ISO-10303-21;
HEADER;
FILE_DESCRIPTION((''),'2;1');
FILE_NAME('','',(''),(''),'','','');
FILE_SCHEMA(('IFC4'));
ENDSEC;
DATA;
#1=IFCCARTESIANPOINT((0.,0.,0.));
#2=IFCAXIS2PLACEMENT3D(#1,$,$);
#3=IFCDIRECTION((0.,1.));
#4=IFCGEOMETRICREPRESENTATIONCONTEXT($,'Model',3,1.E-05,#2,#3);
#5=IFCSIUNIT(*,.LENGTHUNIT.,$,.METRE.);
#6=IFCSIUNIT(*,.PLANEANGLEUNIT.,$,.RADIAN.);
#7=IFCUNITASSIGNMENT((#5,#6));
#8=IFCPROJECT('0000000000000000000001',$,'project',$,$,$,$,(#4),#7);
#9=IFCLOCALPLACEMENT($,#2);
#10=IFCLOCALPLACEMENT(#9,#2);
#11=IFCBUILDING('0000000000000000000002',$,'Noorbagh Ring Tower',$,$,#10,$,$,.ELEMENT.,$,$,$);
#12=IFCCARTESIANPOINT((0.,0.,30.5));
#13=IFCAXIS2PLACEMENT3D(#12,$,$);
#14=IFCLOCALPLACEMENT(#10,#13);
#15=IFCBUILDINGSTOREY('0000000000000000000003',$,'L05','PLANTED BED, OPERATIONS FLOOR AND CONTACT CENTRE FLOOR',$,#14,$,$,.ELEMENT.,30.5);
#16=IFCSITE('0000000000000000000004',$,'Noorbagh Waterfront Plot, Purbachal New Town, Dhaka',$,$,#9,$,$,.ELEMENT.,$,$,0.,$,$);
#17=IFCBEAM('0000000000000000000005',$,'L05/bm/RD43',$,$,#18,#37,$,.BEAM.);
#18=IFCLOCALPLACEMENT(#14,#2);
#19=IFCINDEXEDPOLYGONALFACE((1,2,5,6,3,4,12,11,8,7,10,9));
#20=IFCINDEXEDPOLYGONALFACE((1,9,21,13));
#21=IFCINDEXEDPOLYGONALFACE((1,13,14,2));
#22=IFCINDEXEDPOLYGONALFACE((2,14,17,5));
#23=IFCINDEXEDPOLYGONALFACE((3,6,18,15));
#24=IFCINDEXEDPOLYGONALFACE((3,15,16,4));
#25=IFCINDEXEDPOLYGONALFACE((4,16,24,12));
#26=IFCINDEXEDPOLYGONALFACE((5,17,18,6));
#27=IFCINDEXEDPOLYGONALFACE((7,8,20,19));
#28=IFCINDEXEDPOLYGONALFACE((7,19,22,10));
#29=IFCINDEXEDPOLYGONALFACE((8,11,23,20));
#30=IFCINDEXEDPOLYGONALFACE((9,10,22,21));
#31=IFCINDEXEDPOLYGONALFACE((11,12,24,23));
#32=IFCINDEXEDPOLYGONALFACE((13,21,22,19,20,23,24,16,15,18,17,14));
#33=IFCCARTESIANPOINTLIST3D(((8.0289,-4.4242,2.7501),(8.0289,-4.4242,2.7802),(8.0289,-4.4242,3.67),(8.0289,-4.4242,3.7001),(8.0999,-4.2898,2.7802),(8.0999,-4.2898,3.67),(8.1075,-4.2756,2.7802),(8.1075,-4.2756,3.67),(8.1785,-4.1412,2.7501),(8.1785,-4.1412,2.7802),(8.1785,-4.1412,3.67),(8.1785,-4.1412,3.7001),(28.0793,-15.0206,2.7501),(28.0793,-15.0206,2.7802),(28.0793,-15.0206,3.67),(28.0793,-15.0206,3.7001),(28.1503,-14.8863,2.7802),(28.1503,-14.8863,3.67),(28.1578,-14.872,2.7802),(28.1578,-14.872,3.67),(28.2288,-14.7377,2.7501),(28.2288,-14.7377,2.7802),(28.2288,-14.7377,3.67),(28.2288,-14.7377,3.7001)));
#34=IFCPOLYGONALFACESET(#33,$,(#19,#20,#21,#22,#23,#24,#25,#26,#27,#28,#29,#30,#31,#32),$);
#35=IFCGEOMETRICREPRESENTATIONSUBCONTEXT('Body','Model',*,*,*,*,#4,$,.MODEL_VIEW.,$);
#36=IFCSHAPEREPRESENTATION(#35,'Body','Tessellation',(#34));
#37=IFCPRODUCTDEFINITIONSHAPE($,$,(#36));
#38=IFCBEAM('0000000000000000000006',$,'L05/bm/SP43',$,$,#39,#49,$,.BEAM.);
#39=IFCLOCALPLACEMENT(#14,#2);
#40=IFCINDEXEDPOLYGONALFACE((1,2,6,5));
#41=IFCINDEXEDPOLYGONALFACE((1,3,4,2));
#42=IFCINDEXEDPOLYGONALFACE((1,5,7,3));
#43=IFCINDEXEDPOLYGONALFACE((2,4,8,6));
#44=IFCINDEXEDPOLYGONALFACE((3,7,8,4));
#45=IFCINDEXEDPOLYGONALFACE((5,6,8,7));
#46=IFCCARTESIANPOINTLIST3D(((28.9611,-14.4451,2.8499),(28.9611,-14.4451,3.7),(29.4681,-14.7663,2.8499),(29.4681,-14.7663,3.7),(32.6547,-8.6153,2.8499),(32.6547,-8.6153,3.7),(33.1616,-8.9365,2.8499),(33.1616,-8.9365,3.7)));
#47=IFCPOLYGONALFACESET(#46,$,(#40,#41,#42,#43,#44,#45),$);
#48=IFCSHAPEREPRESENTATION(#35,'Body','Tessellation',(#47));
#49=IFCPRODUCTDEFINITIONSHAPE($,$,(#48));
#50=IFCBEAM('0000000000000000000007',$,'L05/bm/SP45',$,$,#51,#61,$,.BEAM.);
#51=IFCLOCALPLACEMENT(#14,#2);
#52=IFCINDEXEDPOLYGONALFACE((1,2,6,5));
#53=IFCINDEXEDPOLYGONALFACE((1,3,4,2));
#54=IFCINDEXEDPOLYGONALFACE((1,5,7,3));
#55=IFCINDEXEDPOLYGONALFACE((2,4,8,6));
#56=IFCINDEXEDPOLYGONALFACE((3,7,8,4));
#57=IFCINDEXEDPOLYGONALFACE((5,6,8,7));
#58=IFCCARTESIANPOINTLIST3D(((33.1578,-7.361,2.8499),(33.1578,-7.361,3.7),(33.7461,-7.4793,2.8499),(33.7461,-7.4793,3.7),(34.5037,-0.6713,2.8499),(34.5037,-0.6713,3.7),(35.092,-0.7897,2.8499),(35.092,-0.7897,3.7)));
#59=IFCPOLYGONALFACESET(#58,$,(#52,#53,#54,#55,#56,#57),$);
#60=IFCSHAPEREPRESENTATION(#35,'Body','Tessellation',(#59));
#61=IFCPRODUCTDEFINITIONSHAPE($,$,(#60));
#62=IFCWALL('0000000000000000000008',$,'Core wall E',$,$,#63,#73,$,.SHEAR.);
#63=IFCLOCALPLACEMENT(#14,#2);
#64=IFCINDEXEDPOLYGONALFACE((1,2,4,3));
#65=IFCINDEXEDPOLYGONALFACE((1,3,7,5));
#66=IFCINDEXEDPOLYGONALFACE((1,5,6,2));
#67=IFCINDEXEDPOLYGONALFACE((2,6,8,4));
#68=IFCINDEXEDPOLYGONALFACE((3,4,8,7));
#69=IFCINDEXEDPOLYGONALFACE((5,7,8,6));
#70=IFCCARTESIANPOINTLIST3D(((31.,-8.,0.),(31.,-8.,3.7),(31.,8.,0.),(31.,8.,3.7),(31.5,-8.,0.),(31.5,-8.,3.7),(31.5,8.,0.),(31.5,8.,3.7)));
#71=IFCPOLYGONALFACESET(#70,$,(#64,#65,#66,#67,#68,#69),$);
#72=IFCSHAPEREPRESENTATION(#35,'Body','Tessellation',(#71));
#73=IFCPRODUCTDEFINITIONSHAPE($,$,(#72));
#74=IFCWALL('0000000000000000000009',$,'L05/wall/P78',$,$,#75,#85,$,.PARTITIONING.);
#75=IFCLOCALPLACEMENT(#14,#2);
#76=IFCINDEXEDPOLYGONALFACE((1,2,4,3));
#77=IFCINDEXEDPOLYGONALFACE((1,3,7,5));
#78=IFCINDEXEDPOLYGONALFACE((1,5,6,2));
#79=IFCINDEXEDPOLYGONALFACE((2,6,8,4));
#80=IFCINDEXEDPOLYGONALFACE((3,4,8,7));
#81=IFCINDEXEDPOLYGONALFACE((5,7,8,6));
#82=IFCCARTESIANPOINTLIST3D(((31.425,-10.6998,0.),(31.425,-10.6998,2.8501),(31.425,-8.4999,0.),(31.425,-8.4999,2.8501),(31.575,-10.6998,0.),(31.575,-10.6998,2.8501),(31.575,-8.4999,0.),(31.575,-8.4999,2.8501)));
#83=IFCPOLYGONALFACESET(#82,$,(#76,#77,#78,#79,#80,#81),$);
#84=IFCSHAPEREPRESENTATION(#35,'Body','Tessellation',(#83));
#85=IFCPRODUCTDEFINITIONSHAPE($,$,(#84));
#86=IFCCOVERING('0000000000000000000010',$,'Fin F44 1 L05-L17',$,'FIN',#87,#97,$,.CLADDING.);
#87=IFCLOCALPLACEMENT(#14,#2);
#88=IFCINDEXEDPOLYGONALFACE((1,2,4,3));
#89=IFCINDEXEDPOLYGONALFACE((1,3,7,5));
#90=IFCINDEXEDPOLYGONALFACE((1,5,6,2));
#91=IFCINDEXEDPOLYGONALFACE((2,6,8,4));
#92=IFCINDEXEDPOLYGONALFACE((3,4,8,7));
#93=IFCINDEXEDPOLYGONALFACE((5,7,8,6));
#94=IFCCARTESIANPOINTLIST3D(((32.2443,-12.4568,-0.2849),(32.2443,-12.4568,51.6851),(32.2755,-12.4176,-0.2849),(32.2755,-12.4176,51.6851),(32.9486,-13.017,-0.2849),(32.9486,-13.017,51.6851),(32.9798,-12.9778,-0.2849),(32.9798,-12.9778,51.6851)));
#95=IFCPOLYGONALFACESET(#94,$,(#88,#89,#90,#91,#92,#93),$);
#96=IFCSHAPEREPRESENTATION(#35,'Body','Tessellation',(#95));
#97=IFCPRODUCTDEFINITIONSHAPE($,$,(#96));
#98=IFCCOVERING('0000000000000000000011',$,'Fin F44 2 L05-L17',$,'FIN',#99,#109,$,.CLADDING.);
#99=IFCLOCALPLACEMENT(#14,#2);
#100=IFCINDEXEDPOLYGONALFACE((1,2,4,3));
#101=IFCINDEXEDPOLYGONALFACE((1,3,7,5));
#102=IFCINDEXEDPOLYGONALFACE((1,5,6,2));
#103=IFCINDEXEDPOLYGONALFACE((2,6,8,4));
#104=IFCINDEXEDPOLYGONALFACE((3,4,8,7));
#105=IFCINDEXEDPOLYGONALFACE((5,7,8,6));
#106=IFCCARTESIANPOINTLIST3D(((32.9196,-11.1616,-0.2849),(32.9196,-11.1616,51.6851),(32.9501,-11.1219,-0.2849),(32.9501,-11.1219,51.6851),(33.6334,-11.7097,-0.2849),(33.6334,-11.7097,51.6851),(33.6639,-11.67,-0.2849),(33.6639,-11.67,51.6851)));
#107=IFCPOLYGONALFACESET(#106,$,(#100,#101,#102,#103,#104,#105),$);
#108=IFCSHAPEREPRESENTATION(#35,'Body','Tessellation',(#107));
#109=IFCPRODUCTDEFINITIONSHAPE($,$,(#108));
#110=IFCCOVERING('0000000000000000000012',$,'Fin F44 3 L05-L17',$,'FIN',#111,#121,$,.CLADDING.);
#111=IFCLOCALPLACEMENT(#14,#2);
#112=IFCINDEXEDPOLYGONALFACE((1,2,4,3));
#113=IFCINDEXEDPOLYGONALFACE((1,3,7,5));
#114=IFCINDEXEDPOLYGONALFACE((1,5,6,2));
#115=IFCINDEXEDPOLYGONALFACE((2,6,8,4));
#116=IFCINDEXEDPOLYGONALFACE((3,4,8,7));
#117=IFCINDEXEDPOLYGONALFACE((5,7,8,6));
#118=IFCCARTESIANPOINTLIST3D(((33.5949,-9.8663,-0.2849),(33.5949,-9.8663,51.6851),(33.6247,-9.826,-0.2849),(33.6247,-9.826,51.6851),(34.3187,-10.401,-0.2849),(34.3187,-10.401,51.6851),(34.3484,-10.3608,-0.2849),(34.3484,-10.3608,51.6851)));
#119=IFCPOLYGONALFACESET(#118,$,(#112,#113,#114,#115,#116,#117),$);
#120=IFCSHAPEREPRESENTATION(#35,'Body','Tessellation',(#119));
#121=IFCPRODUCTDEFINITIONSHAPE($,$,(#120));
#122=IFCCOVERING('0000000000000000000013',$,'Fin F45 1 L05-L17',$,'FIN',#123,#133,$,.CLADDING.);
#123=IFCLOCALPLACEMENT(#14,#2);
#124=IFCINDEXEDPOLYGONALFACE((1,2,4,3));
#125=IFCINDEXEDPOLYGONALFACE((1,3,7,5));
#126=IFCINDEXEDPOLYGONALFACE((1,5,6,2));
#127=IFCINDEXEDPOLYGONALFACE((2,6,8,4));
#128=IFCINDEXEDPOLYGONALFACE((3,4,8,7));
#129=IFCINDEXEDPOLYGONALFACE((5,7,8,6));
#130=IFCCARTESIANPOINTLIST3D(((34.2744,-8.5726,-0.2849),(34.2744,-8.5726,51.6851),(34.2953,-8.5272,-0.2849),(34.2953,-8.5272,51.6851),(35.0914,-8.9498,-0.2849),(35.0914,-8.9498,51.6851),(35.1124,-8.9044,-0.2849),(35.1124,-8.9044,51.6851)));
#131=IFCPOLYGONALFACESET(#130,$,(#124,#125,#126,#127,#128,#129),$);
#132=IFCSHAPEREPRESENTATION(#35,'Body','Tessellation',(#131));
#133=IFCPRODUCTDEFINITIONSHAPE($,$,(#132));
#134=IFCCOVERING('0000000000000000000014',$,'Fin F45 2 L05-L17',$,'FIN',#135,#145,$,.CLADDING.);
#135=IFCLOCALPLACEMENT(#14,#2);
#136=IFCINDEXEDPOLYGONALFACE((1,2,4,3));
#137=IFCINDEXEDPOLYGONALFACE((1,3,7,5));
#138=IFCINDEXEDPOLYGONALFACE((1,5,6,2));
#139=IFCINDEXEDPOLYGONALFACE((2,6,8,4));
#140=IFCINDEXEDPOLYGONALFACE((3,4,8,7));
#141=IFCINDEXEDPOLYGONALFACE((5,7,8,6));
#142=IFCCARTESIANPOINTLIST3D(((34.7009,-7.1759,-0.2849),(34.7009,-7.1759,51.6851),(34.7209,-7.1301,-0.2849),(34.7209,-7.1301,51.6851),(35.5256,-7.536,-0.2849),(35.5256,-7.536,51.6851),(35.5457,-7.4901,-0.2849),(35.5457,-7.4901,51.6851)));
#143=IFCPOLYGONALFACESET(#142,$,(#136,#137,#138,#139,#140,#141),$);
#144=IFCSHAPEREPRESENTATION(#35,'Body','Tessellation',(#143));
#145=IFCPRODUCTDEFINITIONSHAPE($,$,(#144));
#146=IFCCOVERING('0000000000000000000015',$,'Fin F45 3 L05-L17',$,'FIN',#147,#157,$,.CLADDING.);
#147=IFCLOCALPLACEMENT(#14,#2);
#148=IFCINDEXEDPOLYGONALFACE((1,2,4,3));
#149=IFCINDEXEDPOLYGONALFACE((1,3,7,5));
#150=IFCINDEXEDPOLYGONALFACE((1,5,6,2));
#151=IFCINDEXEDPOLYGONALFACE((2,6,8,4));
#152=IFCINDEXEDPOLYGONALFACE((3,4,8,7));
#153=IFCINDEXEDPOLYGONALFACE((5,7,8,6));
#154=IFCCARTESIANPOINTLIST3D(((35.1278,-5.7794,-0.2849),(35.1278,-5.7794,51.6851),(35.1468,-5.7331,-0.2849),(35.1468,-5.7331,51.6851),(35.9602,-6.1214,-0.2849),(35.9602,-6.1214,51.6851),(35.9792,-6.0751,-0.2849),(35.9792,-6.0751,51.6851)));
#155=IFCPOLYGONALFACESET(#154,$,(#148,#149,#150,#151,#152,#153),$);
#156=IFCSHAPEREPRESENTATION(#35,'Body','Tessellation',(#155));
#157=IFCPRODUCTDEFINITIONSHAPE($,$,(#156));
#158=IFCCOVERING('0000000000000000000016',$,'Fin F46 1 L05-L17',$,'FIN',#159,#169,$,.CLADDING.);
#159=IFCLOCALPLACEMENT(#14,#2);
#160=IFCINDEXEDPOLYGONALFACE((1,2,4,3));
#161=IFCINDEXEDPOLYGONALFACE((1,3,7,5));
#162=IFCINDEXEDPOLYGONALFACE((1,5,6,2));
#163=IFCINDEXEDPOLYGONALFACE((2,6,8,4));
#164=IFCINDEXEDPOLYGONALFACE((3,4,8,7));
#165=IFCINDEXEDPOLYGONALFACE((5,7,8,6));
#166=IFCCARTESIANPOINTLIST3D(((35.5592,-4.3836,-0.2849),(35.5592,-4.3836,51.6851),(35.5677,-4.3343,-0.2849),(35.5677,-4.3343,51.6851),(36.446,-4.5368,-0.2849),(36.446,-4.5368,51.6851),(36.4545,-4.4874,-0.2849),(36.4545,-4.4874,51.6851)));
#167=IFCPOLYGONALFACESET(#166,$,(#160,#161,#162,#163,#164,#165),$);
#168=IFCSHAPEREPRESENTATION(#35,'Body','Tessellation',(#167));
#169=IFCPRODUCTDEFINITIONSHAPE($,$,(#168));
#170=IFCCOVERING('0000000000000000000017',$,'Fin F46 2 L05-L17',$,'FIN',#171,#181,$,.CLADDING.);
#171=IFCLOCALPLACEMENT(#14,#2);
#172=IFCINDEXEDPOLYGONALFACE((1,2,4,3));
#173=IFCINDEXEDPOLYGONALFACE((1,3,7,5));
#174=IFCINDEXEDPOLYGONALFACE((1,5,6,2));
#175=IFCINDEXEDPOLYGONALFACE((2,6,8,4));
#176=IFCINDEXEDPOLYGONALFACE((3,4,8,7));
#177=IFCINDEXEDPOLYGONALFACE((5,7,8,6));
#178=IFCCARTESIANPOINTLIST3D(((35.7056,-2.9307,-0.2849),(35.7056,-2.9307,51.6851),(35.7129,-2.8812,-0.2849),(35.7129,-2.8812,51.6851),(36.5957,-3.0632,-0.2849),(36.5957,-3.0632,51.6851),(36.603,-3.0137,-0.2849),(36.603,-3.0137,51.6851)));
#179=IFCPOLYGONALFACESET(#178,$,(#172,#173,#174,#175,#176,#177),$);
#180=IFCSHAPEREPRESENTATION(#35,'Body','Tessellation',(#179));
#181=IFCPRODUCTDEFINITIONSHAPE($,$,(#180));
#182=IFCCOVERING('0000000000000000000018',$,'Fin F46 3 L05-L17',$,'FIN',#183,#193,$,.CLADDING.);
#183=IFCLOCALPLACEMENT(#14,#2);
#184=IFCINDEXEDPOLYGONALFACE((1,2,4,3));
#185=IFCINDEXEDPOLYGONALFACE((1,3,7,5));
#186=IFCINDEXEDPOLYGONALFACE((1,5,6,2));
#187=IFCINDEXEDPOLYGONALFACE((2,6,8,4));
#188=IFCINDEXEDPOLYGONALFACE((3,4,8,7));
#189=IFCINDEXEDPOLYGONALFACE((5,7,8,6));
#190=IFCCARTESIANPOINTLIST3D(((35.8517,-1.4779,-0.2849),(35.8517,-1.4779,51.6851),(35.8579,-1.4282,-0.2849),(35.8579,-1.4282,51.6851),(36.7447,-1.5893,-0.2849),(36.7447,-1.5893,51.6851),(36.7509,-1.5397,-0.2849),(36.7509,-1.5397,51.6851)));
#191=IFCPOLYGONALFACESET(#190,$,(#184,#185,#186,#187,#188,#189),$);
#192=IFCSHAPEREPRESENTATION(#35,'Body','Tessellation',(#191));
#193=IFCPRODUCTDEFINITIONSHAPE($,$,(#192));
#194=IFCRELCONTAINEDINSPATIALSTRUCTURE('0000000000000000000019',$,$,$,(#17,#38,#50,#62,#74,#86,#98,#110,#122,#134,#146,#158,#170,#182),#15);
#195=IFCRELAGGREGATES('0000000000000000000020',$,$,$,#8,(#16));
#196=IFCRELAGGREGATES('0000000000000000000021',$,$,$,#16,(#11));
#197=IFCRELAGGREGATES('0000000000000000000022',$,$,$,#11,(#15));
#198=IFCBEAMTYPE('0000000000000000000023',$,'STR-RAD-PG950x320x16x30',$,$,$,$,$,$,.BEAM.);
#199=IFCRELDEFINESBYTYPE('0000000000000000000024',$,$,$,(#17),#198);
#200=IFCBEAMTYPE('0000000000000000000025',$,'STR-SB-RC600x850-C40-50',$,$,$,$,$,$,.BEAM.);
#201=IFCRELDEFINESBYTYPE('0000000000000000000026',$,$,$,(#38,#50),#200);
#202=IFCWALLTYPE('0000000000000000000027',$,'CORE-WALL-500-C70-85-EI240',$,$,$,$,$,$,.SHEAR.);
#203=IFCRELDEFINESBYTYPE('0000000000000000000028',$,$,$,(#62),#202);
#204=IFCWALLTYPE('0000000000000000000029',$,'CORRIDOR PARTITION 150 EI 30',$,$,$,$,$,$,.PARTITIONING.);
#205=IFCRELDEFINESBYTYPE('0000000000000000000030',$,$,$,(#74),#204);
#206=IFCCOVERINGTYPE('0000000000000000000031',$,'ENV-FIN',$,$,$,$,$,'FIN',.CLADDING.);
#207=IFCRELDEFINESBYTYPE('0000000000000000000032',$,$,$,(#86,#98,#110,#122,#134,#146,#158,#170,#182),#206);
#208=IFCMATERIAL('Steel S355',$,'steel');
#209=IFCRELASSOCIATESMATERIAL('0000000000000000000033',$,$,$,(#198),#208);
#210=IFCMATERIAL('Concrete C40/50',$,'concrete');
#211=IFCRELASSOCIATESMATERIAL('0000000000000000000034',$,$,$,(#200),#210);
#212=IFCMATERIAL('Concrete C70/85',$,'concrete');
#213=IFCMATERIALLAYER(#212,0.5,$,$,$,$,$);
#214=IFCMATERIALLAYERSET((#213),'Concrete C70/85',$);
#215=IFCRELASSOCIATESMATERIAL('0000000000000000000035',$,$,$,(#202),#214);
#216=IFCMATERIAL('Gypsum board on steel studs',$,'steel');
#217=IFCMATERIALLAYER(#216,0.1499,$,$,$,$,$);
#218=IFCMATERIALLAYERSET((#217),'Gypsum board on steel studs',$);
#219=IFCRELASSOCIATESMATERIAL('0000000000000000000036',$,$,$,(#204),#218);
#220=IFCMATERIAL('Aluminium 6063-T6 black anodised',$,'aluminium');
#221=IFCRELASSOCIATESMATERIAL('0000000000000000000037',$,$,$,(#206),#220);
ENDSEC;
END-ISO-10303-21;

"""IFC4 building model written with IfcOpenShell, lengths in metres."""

from ifc_helpers import new_model, si_unit, direction, frame, frame_2d, origin, origin_2d, place, context, subcontext, project, spatial, rectangle, i_section, extrude, material, layer, layer_set, material_profile, profile_set, type_object, element, save


model = new_model("IFC4")

# Units and contexts
model_context = context("Model", 3, precision=1e-05, world=origin(), true_north=direction((0.0, 1.0)))
body_context = subcontext(model_context, "Body", "Model", "MODEL_VIEW")
ifc_project = project(units=[si_unit("LENGTHUNIT", "METRE"), si_unit("PLANEANGLEUNIT", "RADIAN")], contexts=[model_context])

# Site, building, storey
site_placement = place(None, origin())
site = spatial("IfcSite", under=ifc_project, at=site_placement, Name="Noorbagh Waterfront Plot, Purbachal New Town, Dhaka", CompositionType="ELEMENT", RefElevation=0.0)
building_placement = place(site_placement, origin())
building = spatial("IfcBuilding", under=site, at=building_placement, Name="Noorbagh Ring Tower", CompositionType="ELEMENT")
storey_placement = place(building_placement, frame((0.0, 0.0, 30.5)))
storey = spatial("IfcBuildingStorey", under=building, at=storey_placement, Name="L05", Description="PLANTED BED, OPERATIONS FLOOR AND CONTACT CENTRE FLOOR", CompositionType="ELEMENT", Elevation=30.5)

# Beams
ifc_material_1 = material(Name="Steel S355", Category="steel")
ifc_material_profile_1 = material_profile(ifc_material_1, i_section(OverallWidth=0.3201, OverallDepth=0.95, WebThickness=0.0161, FlangeThickness=0.03, at=origin_2d()), Name="PG950x320x16x30")
ifc_profile_set_1 = profile_set([ifc_material_profile_1], Name="Steel S355")
beam_type_1 = type_object("IfcBeamType", Name="STR-RAD-PG950x320x16x30", PredefinedType="BEAM", material=ifc_profile_set_1)
beam_1_placement = place(storey_placement, frame((28.1541, -14.8792, 3.2251), z_axis=(-0.884124, 0.467253, 0.0), x_axis=(-0.467253, -0.884124, 0.0)))
element("IfcBeam", 1, at=beam_1_placement, inside=storey, type_object=beam_type_1, Name="L05/bm/RD43", PredefinedType="BEAM", context=body_context, shape_type="SweptSolid", body=[
    extrude(i_section(OverallWidth=0.3201, OverallDepth=0.95, WebThickness=0.0161, FlangeThickness=0.03, at=origin_2d()), origin(), (0.0, 0.0, 1.0), 22.6782),
])
ifc_material_2 = material(Name="Concrete C40/50", Category="concrete")
ifc_material_profile_2 = material_profile(ifc_material_2, rectangle(XDim=0.6001, YDim=0.8501, at=origin_2d()), Name="RC600x850")
ifc_profile_set_2 = profile_set([ifc_material_profile_2], Name="Concrete C40/50")
beam_type_2 = type_object("IfcBeamType", Name="STR-SB-RC600x850-C40-50", PredefinedType="BEAM", material=ifc_profile_set_2)
beam_2_placement = place(storey_placement, frame((29.2146, -14.6057, 3.2749), z_axis=(0.535194, 0.844729, 0.0), x_axis=(-0.844729, 0.535194, 0.0)))
element("IfcBeam", 2, at=beam_2_placement, inside=storey, type_object=beam_type_2, Name="L05/bm/SP43", PredefinedType="BEAM", context=body_context, shape_type="SweptSolid", body=[
    extrude(rectangle(XDim=0.6001, YDim=0.8501, at=origin_2d()), origin(), (0.0, 0.0, 1.0), 6.9014),
])
beam_3_placement = place(storey_placement, frame((33.4519, -7.4202, 3.2749), z_axis=(0.197244, 0.980354, 0.0), x_axis=(-0.980354, 0.197244, 0.0)))
element("IfcBeam", 3, at=beam_3_placement, inside=storey, type_object=beam_type_2, Name="L05/bm/SP45", PredefinedType="BEAM", context=body_context, shape_type="SweptSolid", body=[
    extrude(rectangle(XDim=0.6001, YDim=0.8501, at=origin_2d()), origin(), (0.0, 0.0, 1.0), 6.8237),
])

# Walls
ifc_material_3 = material(Name="Concrete C70/85", Category="concrete")
ifc_layer_1 = layer(ifc_material_3, 0.5)
ifc_layer_set_1 = layer_set([ifc_layer_1], Name="Concrete C70/85")
wall_type_1 = type_object("IfcWallType", Name="CORE-WALL-500-C70-85-EI240", PredefinedType="SHEAR", material=ifc_layer_set_1)
wall_1_placement = place(storey_placement, frame((31.25, -8.0, 0.0), z_axis=(0.0, 0.0, 1.0), x_axis=(0.0, 1.0, 0.0)))
element("IfcWall", 4, at=wall_1_placement, inside=storey, type_object=wall_type_1, Name="Core wall E", PredefinedType="SHEAR", context=body_context, shape_type="SweptSolid", body=[
    extrude(rectangle(XDim=16.0, YDim=0.5, at=frame_2d((8.0, 0.0))), origin(), (0.0, 0.0, 1.0), 3.7),
])
ifc_material_4 = material(Name="Gypsum board on steel studs", Category="steel")
ifc_layer_2 = layer(ifc_material_4, 0.1499)
ifc_layer_set_2 = layer_set([ifc_layer_2], Name="Gypsum board on steel studs")
wall_type_2 = type_object("IfcWallType", Name="CORRIDOR PARTITION 150 EI 30", PredefinedType="PARTITIONING", material=ifc_layer_set_2)
wall_2_placement = place(storey_placement, frame((31.5, -10.7, 0.0), z_axis=(0.0, 0.0, 1.0), x_axis=(0.0, 1.0, 0.0)))
element("IfcWall", 5, at=wall_2_placement, inside=storey, type_object=wall_type_2, Name="L05/wall/P78", PredefinedType="PARTITIONING", context=body_context, shape_type="SweptSolid", body=[
    extrude(rectangle(XDim=2.2, YDim=0.1499, at=frame_2d((1.1001, 0.0))), origin(), (0.0, 0.0, 1.0), 2.8501),
])

# Coverings
ifc_material_5 = material(Name="Aluminium 6063-T6 black anodised", Category="aluminium")
ifc_material_profile_3 = material_profile(ifc_material_5, rectangle(XDim=0.8999, YDim=0.05, at=origin_2d()), Name="900x50")
ifc_profile_set_3 = profile_set([ifc_material_profile_3], Name="Aluminium 6063-T6 black anodised")
covering_type = type_object("IfcCoveringType", Name="ENV-FIN", ElementType="FIN", PredefinedType="CLADDING", material=ifc_profile_set_3)
for number, where, z_axis, x_axis, name in (
    (6, (32.6121, -12.7173, -0.2849), (0.0, 0.0, 1.0), (0.782644, -0.62247, 0.0), "Fin F44 1 L05-L17"),
    (7, (33.2917, -11.4158, -0.2849), (0.0, 0.0, 1.0), (0.793138, -0.609043, 0.0), "Fin F44 2 L05-L17"),
    (8, (33.9717, -10.1135, -0.2849), (0.0, 0.0, 1.0), (0.80426, -0.594277, 0.0), "Fin F44 3 L05-L17"),
    (9, (34.6934, -8.7385, -0.2849), (0.0, 0.0, 1.0), (0.907912, -0.419162, 0.0), "Fin F45 1 L05-L17"),
    (10, (35.1233, -7.333, -0.2849), (0.0, 0.0, 1.0), (0.916475, -0.400092, 0.0), "Fin F45 2 L05-L17"),
    (11, (35.5535, -5.9272, -0.2849), (0.0, 0.0, 1.0), (0.925001, -0.379965, 0.0), "Fin F45 3 L05-L17"),
    (12, (36.0068, -4.4355, -0.2849), (0.0, 0.0, 1.0), (0.985419, -0.170147, 0.0), "Fin F46 1 L05-L17"),
    (13, (36.1543, -2.9722, -0.2849), (0.0, 0.0, 1.0), (0.989103, -0.147226, 0.0), "Fin F46 2 L05-L17"),
    (14, (36.3013, -1.5088, -0.2849), (0.0, 0.0, 1.0), (0.992303, -0.123835, 0.0), "Fin F46 3 L05-L17"),
):
    element("IfcCovering", number, at=place(storey_placement, frame(where, z_axis=z_axis, x_axis=x_axis)), inside=storey, type_object=covering_type, Name=name, ObjectType="FIN", PredefinedType="CLADDING", context=body_context, shape_type="SweptSolid", body=[
        extrude(rectangle(XDim=0.8999, YDim=0.05, at=origin_2d()), origin(), (0.0, 0.0, 1.0), 51.97),
    ])

save(model, "model.ifc")
